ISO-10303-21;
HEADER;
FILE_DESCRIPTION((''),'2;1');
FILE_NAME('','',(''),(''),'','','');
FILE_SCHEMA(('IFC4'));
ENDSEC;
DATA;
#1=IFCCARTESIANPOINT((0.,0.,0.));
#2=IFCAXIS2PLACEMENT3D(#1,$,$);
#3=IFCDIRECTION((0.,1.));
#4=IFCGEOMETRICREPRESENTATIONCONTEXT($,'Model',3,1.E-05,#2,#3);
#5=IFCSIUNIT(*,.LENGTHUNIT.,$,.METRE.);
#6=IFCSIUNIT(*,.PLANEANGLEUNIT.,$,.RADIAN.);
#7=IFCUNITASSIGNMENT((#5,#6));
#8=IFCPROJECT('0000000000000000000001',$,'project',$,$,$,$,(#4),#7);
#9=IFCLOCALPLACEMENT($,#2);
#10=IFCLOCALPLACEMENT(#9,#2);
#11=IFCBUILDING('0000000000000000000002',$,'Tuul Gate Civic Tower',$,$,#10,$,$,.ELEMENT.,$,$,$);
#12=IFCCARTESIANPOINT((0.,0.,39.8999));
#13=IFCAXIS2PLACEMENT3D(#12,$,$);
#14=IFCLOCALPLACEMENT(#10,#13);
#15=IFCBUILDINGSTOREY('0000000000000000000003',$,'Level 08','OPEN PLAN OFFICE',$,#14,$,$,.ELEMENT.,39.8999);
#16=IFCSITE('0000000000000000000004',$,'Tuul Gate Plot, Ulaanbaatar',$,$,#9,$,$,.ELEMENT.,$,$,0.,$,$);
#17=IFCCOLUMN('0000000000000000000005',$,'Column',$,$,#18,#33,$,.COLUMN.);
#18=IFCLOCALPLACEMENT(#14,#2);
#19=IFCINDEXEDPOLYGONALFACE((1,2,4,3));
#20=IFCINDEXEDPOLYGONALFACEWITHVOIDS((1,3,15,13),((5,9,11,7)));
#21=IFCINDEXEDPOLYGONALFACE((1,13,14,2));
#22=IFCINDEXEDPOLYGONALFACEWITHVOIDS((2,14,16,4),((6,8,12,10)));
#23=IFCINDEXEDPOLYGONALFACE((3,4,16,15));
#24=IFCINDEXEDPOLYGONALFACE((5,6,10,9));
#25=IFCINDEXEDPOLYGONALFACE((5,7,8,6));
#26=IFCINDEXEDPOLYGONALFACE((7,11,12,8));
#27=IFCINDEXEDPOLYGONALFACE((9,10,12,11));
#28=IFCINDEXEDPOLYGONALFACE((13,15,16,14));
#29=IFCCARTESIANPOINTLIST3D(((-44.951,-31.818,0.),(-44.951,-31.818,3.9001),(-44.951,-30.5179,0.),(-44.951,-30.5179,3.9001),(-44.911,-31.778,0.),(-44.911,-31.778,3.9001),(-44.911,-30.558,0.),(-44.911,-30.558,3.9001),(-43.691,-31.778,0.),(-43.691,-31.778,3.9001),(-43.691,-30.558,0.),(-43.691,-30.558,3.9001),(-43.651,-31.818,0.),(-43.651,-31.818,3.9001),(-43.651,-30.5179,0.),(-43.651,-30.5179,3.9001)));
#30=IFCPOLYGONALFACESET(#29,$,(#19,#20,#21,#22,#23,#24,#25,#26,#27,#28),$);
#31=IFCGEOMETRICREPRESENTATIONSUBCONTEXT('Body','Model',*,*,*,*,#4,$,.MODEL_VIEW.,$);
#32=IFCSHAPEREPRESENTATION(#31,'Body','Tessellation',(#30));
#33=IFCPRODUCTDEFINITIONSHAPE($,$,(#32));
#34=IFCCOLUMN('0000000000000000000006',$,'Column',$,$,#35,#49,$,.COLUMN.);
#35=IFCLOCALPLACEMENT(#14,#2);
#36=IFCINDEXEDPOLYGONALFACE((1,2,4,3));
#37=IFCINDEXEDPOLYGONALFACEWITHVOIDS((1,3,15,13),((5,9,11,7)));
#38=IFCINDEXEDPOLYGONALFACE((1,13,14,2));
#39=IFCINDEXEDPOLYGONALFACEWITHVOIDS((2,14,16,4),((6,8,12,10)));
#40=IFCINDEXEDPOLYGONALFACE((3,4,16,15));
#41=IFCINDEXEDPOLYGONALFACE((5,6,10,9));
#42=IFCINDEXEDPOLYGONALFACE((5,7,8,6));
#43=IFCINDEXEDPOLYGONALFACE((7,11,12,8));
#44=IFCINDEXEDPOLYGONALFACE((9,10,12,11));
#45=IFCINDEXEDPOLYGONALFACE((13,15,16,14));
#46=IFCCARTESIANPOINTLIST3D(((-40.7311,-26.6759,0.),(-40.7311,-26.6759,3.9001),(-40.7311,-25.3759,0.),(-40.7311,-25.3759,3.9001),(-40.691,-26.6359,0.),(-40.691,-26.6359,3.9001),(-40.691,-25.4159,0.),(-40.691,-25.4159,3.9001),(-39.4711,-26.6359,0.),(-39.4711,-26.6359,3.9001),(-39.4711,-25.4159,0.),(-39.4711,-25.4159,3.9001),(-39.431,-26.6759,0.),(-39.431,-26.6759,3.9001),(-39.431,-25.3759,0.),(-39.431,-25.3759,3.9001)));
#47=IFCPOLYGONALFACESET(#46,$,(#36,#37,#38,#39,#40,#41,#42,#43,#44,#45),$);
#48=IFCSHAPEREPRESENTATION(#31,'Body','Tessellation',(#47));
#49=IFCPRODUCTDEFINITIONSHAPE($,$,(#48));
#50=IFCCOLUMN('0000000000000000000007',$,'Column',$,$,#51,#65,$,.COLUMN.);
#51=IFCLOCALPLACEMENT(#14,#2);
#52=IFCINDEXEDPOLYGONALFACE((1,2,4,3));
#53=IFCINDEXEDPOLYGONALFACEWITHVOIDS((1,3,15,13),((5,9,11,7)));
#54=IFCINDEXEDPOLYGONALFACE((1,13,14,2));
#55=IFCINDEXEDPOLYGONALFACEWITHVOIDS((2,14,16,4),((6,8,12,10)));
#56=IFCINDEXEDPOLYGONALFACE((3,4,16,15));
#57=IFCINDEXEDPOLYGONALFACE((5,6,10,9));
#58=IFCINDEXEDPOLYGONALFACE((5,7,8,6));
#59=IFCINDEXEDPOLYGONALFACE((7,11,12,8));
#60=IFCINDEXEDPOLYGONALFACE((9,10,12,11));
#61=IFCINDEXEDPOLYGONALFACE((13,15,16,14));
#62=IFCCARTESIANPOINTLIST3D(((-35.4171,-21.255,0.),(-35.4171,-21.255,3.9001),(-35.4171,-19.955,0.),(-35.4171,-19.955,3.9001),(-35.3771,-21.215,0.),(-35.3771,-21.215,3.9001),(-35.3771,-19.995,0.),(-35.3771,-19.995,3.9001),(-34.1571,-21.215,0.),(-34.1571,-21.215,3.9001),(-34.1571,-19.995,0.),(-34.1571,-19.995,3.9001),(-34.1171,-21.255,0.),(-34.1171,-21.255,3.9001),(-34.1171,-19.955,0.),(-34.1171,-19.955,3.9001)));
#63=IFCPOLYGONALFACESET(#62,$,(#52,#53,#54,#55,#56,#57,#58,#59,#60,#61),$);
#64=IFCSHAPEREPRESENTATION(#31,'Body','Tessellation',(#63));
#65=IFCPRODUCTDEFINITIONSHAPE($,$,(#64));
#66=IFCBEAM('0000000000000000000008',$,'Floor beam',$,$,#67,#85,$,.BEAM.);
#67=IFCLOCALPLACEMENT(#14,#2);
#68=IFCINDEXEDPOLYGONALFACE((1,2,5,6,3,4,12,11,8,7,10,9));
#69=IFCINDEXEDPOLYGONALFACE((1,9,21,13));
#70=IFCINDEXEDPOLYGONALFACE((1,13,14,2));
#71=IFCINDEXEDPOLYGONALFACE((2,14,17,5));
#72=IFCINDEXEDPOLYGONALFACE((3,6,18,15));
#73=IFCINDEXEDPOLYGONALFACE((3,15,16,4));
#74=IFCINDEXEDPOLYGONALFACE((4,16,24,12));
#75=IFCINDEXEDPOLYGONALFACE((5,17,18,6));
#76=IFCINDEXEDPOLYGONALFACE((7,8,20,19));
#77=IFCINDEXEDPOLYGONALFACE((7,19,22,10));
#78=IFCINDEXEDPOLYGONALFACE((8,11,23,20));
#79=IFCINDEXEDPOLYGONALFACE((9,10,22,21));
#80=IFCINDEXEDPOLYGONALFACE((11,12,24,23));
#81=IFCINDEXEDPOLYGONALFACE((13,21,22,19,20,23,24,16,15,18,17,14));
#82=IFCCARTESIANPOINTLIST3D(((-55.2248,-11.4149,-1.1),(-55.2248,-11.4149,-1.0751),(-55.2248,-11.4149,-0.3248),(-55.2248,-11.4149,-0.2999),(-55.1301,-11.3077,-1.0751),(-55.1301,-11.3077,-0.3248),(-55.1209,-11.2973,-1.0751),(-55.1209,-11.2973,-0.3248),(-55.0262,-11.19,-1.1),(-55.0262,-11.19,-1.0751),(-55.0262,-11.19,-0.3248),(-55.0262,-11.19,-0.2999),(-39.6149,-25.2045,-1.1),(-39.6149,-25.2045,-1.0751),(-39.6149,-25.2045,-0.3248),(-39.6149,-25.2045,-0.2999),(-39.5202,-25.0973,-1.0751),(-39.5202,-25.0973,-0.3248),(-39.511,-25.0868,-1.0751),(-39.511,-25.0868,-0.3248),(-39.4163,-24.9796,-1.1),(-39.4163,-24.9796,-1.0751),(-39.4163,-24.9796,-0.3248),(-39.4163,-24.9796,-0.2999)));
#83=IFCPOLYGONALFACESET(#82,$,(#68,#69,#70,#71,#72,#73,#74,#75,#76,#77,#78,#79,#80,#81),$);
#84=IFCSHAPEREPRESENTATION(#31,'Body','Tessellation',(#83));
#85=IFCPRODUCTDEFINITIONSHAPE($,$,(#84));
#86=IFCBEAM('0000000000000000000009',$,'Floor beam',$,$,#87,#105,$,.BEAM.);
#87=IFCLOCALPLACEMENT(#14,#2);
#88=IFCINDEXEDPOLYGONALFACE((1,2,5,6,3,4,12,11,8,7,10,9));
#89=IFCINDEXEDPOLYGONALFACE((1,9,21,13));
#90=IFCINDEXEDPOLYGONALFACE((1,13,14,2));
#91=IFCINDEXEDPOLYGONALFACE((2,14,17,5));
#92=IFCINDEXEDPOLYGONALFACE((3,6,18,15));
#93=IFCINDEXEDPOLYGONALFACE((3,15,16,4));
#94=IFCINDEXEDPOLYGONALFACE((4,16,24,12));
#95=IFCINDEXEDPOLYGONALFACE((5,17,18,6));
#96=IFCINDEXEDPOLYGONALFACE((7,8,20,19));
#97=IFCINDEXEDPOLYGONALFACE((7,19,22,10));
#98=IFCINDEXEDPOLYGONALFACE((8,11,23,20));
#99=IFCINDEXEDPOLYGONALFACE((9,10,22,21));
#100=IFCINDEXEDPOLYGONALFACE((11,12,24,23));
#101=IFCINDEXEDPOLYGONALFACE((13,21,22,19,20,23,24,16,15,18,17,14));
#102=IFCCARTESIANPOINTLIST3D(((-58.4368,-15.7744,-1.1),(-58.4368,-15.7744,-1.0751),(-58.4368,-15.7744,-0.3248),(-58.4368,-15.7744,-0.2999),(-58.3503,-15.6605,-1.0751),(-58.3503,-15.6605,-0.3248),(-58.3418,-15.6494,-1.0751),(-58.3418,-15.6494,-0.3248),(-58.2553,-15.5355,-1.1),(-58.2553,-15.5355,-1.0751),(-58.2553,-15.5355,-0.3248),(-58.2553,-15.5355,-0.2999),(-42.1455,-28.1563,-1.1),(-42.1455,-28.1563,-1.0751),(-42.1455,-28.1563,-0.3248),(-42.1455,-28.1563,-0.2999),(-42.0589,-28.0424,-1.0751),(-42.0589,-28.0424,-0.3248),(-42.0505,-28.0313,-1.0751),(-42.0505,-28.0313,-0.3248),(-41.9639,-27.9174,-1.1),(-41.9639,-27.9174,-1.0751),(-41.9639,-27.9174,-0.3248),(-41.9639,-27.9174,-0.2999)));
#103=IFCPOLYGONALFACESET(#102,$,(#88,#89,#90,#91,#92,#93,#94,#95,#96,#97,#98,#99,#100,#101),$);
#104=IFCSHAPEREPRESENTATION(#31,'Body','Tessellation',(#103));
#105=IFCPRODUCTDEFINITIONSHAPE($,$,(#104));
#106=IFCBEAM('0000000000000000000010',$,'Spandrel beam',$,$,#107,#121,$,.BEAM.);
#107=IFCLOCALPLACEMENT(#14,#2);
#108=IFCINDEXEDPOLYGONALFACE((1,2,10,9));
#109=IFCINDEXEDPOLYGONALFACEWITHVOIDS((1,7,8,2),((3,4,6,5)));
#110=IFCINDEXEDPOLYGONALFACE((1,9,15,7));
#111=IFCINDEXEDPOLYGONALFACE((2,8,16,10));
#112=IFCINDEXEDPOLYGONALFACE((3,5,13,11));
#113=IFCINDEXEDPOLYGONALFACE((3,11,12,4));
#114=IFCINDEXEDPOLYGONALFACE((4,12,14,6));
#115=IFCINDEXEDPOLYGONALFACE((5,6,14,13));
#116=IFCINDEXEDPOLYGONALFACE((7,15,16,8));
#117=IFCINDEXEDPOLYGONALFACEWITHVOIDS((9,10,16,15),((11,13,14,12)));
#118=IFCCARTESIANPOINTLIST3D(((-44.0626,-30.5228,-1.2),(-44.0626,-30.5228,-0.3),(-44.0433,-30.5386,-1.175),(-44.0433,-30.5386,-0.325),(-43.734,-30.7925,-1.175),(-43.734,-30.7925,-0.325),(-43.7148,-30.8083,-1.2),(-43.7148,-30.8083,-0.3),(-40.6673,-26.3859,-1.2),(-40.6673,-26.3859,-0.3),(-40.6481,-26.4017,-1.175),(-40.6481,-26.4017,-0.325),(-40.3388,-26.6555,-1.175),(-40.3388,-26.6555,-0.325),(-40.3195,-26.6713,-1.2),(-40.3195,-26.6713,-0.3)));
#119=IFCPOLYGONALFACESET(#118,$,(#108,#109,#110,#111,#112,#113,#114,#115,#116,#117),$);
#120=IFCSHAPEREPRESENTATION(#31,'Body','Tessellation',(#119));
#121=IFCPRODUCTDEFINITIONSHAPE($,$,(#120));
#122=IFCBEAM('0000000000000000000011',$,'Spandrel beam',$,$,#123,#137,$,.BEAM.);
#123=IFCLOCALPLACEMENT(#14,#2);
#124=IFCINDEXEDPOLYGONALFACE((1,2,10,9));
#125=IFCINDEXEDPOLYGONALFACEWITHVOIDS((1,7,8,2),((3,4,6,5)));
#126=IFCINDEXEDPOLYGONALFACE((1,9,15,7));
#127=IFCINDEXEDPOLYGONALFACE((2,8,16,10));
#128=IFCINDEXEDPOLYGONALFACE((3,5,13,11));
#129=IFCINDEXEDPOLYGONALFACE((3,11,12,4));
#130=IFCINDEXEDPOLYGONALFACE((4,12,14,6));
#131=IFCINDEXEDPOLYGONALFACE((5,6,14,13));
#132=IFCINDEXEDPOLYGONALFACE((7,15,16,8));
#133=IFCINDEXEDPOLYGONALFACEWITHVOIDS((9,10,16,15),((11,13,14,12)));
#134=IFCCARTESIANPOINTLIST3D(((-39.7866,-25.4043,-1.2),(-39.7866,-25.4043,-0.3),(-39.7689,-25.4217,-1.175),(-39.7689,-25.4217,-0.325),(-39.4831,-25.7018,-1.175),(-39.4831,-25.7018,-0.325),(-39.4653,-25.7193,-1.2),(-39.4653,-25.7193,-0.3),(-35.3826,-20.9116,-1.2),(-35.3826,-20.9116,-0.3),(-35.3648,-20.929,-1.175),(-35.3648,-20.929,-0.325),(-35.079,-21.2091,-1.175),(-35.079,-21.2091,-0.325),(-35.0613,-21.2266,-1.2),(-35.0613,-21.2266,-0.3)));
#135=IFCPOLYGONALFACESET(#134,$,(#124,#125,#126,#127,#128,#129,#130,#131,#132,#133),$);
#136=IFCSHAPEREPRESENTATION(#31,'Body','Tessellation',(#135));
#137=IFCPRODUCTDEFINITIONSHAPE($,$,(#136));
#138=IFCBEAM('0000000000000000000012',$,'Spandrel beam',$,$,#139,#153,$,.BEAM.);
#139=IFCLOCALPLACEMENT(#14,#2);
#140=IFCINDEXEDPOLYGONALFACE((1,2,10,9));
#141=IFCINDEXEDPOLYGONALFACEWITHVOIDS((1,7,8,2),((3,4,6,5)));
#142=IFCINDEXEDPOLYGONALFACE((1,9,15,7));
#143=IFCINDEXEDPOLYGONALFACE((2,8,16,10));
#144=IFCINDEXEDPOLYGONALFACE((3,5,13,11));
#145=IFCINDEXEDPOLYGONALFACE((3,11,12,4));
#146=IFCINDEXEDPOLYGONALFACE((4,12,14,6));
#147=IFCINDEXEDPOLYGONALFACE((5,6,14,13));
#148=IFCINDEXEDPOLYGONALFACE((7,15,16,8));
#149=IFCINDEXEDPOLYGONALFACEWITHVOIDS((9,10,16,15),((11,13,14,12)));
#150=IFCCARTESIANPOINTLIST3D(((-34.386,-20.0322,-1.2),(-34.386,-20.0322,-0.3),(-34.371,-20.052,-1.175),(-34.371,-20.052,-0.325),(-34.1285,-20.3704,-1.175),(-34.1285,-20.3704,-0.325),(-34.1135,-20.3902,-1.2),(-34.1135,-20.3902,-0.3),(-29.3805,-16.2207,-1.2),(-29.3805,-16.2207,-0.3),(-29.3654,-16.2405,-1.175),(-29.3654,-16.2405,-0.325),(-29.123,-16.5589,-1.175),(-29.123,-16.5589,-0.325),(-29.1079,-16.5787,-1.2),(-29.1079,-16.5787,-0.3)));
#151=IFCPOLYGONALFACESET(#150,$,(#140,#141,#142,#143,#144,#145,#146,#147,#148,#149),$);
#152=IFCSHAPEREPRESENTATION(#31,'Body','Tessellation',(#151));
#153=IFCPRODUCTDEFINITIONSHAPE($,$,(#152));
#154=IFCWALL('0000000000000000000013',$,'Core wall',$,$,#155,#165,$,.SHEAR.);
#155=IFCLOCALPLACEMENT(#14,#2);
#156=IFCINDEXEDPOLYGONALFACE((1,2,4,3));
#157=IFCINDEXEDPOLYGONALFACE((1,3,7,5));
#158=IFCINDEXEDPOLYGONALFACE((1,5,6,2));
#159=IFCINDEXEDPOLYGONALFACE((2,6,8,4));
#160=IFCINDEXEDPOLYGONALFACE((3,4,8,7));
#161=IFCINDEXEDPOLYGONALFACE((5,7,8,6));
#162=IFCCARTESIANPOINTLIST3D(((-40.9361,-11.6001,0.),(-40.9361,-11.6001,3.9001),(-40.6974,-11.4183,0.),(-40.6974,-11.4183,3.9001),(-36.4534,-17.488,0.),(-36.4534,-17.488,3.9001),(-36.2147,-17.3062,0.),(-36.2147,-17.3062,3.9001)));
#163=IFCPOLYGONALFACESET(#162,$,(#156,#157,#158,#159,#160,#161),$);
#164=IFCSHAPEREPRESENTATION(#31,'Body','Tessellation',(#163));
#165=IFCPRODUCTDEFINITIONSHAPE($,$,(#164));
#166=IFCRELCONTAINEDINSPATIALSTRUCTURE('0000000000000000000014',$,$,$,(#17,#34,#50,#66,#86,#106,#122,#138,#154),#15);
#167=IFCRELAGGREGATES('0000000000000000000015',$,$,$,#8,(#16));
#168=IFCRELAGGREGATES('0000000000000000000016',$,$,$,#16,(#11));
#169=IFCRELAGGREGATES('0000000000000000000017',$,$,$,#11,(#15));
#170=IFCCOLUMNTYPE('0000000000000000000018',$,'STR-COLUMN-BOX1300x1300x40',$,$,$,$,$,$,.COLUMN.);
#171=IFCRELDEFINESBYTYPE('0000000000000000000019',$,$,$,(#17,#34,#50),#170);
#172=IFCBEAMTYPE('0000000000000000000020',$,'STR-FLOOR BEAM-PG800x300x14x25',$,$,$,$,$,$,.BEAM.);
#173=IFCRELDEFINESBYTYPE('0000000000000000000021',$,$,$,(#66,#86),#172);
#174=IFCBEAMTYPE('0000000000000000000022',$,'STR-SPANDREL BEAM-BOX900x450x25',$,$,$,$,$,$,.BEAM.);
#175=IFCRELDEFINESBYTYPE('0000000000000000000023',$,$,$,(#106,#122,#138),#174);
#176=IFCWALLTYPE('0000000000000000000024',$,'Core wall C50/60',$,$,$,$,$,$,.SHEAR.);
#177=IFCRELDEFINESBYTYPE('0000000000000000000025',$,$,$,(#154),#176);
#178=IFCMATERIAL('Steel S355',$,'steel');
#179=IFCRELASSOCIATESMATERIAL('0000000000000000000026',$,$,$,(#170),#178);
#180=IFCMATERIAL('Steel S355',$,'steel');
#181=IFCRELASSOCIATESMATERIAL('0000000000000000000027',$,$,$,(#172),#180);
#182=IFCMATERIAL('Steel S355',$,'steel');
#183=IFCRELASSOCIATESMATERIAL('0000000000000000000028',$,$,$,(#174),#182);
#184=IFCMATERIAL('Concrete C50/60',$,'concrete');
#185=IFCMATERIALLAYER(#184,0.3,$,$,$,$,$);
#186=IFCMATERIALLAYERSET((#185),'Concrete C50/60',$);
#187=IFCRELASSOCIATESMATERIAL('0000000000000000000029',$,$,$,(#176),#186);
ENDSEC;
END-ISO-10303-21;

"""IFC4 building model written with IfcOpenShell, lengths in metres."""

from ifc_helpers import new_model, si_unit, direction, frame, frame_2d, origin, origin_2d, place, context, subcontext, project, spatial, rectangle, hollow_rectangle, i_section, extrude, material, layer, layer_set, material_profile, profile_set, type_object, element, save


model = new_model("IFC4")

# Units and contexts
model_context = context("Model", 3, precision=1e-05, world=origin(), true_north=direction((0.0, 1.0)))
body_context = subcontext(model_context, "Body", "Model", "MODEL_VIEW")
ifc_project = project(units=[si_unit("LENGTHUNIT", "METRE"), si_unit("PLANEANGLEUNIT", "RADIAN")], contexts=[model_context])

# Site, building, storey
site_placement = place(None, origin())
site = spatial("IfcSite", under=ifc_project, at=site_placement, Name="Tuul Gate Plot, Ulaanbaatar", CompositionType="ELEMENT", RefElevation=0.0)
building_placement = place(site_placement, origin())
building = spatial("IfcBuilding", under=site, at=building_placement, Name="Tuul Gate Civic Tower", CompositionType="ELEMENT")
storey_placement = place(building_placement, frame((0.0, 0.0, 39.8999)))
storey = spatial("IfcBuildingStorey", under=building, at=storey_placement, Name="Level 08", Description="OPEN PLAN OFFICE", CompositionType="ELEMENT", Elevation=39.8999)

# Columns
ifc_material_1 = material(Name="Steel S355", Category="steel")
ifc_material_profile_1 = material_profile(ifc_material_1, hollow_rectangle(XDim=1.3, YDim=1.3, WallThickness=0.04, at=origin_2d()), Name="BOX1300x1300x40")
ifc_profile_set_1 = profile_set([ifc_material_profile_1], Name="Steel S355")
column_type = type_object("IfcColumnType", Name="STR-COLUMN-BOX1300x1300x40", PredefinedType="COLUMN", material=ifc_profile_set_1)
for number, where, z_axis, x_axis, name in (
    (1, (-44.301, -31.168, 0.0), (0.0, 0.0, 1.0), (1.0, 0.0, 0.0), "Column"),
    (2, (-40.0811, -26.0259, 0.0), (0.0, 0.0, 1.0), (1.0, 0.0, 0.0), "Column"),
    (3, (-34.7671, -20.605, 0.0), (0.0, 0.0, 1.0), (1.0, 0.0, 0.0), "Column"),
):
    element("IfcColumn", number, at=place(storey_placement, frame(where, z_axis=z_axis, x_axis=x_axis)), inside=storey, type_object=column_type, Name=name, PredefinedType="COLUMN", context=body_context, shape_type="SweptSolid", body=[
        extrude(hollow_rectangle(XDim=1.3, YDim=1.3, WallThickness=0.04, at=origin_2d()), origin(), (0.0, 0.0, 1.0), 3.9001),
    ])

# Beams
ifc_material_2 = material(Name="Steel S355", Category="steel")
ifc_material_profile_2 = material_profile(ifc_material_2, i_section(OverallWidth=0.3, OverallDepth=0.8, WebThickness=0.0139, FlangeThickness=0.0249, at=origin_2d()), Name="PG800x300x14x25")
ifc_profile_set_2 = profile_set([ifc_material_profile_2], Name="Steel S355")
beam_type_1 = type_object("IfcBeamType", Name="STR-FLOOR BEAM-PG800x300x14x25", PredefinedType="BEAM", material=ifc_profile_set_2)
beam_1_placement = place(storey_placement, frame((-39.5156, -25.092, -0.7), z_axis=(-0.749453, 0.662057, 0.0), x_axis=(-0.662057, -0.749453, 0.0)))
element("IfcBeam", 4, at=beam_1_placement, inside=storey, type_object=beam_type_1, Name="Floor beam", PredefinedType="BEAM", context=body_context, shape_type="SweptSolid", body=[
    extrude(i_section(OverallWidth=0.3, OverallDepth=0.8, WebThickness=0.0139, FlangeThickness=0.0249, at=origin_2d()), origin(), (0.0, 0.0, 1.0), 20.8284),
])
beam_2_placement = place(storey_placement, frame((-42.0547, -28.0369, -0.7), z_axis=(-0.796151, 0.605098, 0.0), x_axis=(-0.605098, -0.796151, 0.0)))
element("IfcBeam", 5, at=beam_2_placement, inside=storey, type_object=beam_type_1, Name="Floor beam", PredefinedType="BEAM", context=body_context, shape_type="SweptSolid", body=[
    extrude(i_section(OverallWidth=0.3, OverallDepth=0.8, WebThickness=0.0139, FlangeThickness=0.0249, at=origin_2d()), origin(), (0.0, 0.0, 1.0), 20.4626),
])
ifc_material_3 = material(Name="Steel S355", Category="steel")
ifc_material_profile_3 = material_profile(ifc_material_3, hollow_rectangle(XDim=0.45, YDim=0.8999, WallThickness=0.0249, at=origin_2d()), Name="BOX900x450x25")
ifc_profile_set_3 = profile_set([ifc_material_profile_3], Name="Steel S355")
beam_type_2 = type_object("IfcBeamType", Name="STR-SPANDREL BEAM-BOX900x450x25", PredefinedType="BEAM", material=ifc_profile_set_3)
beam_3_placement = place(storey_placement, frame((-43.8887, -30.6655, -0.75), z_axis=(0.63441, 0.772997, 0.0), x_axis=(-0.772997, 0.63441, 0.0)))
element("IfcBeam", 6, at=beam_3_placement, inside=storey, type_object=beam_type_2, Name="Spandrel beam", PredefinedType="BEAM", context=body_context, shape_type="SweptSolid", body=[
    extrude(hollow_rectangle(XDim=0.45, YDim=0.8999, WallThickness=0.0249, at=origin_2d()), origin(), (0.0, 0.0, 1.0), 5.3518),
])
beam_4_placement = place(storey_placement, frame((-39.626, -25.5618, -0.75), z_axis=(0.700028, 0.714115, 0.0), x_axis=(-0.714115, 0.700028, 0.0)))
element("IfcBeam", 7, at=beam_4_placement, inside=storey, type_object=beam_type_2, Name="Spandrel beam", PredefinedType="BEAM", context=body_context, shape_type="SweptSolid", body=[
    extrude(hollow_rectangle(XDim=0.45, YDim=0.8999, WallThickness=0.0249, at=origin_2d()), origin(), (0.0, 0.0, 1.0), 6.2913),
])
beam_5_placement = place(storey_placement, frame((-34.2498, -20.2112, -0.75), z_axis=(0.795606, 0.605814, 0.0), x_axis=(-0.605814, 0.795606, 0.0)))
element("IfcBeam", 8, at=beam_5_placement, inside=storey, type_object=beam_type_2, Name="Spandrel beam", PredefinedType="BEAM", context=body_context, shape_type="SweptSolid", body=[
    extrude(hollow_rectangle(XDim=0.45, YDim=0.8999, WallThickness=0.0249, at=origin_2d()), origin(), (0.0, 0.0, 1.0), 6.2915),
])

# Wall
ifc_material_4 = material(Name="Concrete C50/60", Category="concrete")
ifc_layer_1 = layer(ifc_material_4, 0.3)
ifc_layer_set_1 = layer_set([ifc_layer_1], Name="Concrete C50/60")
wall_type_1 = type_object("IfcWallType", Name="Core wall C50/60", PredefinedType="SHEAR", material=ifc_layer_set_1)
wall_1_placement = place(storey_placement, frame((-36.334, -17.3972, 0.0), z_axis=(0.0, 0.0, 1.0), x_axis=(-0.605754, 0.795652, 0.0)))
element("IfcWall", 9, at=wall_1_placement, inside=storey, type_object=wall_type_1, Name="Core wall", PredefinedType="SHEAR", context=body_context, shape_type="SweptSolid", body=[
    extrude(rectangle(XDim=7.4001, YDim=0.3, at=frame_2d((3.7002, 0.0))), origin(), (0.0, 0.0, 1.0), 3.9001),
])

save(model, "model.ifc")
